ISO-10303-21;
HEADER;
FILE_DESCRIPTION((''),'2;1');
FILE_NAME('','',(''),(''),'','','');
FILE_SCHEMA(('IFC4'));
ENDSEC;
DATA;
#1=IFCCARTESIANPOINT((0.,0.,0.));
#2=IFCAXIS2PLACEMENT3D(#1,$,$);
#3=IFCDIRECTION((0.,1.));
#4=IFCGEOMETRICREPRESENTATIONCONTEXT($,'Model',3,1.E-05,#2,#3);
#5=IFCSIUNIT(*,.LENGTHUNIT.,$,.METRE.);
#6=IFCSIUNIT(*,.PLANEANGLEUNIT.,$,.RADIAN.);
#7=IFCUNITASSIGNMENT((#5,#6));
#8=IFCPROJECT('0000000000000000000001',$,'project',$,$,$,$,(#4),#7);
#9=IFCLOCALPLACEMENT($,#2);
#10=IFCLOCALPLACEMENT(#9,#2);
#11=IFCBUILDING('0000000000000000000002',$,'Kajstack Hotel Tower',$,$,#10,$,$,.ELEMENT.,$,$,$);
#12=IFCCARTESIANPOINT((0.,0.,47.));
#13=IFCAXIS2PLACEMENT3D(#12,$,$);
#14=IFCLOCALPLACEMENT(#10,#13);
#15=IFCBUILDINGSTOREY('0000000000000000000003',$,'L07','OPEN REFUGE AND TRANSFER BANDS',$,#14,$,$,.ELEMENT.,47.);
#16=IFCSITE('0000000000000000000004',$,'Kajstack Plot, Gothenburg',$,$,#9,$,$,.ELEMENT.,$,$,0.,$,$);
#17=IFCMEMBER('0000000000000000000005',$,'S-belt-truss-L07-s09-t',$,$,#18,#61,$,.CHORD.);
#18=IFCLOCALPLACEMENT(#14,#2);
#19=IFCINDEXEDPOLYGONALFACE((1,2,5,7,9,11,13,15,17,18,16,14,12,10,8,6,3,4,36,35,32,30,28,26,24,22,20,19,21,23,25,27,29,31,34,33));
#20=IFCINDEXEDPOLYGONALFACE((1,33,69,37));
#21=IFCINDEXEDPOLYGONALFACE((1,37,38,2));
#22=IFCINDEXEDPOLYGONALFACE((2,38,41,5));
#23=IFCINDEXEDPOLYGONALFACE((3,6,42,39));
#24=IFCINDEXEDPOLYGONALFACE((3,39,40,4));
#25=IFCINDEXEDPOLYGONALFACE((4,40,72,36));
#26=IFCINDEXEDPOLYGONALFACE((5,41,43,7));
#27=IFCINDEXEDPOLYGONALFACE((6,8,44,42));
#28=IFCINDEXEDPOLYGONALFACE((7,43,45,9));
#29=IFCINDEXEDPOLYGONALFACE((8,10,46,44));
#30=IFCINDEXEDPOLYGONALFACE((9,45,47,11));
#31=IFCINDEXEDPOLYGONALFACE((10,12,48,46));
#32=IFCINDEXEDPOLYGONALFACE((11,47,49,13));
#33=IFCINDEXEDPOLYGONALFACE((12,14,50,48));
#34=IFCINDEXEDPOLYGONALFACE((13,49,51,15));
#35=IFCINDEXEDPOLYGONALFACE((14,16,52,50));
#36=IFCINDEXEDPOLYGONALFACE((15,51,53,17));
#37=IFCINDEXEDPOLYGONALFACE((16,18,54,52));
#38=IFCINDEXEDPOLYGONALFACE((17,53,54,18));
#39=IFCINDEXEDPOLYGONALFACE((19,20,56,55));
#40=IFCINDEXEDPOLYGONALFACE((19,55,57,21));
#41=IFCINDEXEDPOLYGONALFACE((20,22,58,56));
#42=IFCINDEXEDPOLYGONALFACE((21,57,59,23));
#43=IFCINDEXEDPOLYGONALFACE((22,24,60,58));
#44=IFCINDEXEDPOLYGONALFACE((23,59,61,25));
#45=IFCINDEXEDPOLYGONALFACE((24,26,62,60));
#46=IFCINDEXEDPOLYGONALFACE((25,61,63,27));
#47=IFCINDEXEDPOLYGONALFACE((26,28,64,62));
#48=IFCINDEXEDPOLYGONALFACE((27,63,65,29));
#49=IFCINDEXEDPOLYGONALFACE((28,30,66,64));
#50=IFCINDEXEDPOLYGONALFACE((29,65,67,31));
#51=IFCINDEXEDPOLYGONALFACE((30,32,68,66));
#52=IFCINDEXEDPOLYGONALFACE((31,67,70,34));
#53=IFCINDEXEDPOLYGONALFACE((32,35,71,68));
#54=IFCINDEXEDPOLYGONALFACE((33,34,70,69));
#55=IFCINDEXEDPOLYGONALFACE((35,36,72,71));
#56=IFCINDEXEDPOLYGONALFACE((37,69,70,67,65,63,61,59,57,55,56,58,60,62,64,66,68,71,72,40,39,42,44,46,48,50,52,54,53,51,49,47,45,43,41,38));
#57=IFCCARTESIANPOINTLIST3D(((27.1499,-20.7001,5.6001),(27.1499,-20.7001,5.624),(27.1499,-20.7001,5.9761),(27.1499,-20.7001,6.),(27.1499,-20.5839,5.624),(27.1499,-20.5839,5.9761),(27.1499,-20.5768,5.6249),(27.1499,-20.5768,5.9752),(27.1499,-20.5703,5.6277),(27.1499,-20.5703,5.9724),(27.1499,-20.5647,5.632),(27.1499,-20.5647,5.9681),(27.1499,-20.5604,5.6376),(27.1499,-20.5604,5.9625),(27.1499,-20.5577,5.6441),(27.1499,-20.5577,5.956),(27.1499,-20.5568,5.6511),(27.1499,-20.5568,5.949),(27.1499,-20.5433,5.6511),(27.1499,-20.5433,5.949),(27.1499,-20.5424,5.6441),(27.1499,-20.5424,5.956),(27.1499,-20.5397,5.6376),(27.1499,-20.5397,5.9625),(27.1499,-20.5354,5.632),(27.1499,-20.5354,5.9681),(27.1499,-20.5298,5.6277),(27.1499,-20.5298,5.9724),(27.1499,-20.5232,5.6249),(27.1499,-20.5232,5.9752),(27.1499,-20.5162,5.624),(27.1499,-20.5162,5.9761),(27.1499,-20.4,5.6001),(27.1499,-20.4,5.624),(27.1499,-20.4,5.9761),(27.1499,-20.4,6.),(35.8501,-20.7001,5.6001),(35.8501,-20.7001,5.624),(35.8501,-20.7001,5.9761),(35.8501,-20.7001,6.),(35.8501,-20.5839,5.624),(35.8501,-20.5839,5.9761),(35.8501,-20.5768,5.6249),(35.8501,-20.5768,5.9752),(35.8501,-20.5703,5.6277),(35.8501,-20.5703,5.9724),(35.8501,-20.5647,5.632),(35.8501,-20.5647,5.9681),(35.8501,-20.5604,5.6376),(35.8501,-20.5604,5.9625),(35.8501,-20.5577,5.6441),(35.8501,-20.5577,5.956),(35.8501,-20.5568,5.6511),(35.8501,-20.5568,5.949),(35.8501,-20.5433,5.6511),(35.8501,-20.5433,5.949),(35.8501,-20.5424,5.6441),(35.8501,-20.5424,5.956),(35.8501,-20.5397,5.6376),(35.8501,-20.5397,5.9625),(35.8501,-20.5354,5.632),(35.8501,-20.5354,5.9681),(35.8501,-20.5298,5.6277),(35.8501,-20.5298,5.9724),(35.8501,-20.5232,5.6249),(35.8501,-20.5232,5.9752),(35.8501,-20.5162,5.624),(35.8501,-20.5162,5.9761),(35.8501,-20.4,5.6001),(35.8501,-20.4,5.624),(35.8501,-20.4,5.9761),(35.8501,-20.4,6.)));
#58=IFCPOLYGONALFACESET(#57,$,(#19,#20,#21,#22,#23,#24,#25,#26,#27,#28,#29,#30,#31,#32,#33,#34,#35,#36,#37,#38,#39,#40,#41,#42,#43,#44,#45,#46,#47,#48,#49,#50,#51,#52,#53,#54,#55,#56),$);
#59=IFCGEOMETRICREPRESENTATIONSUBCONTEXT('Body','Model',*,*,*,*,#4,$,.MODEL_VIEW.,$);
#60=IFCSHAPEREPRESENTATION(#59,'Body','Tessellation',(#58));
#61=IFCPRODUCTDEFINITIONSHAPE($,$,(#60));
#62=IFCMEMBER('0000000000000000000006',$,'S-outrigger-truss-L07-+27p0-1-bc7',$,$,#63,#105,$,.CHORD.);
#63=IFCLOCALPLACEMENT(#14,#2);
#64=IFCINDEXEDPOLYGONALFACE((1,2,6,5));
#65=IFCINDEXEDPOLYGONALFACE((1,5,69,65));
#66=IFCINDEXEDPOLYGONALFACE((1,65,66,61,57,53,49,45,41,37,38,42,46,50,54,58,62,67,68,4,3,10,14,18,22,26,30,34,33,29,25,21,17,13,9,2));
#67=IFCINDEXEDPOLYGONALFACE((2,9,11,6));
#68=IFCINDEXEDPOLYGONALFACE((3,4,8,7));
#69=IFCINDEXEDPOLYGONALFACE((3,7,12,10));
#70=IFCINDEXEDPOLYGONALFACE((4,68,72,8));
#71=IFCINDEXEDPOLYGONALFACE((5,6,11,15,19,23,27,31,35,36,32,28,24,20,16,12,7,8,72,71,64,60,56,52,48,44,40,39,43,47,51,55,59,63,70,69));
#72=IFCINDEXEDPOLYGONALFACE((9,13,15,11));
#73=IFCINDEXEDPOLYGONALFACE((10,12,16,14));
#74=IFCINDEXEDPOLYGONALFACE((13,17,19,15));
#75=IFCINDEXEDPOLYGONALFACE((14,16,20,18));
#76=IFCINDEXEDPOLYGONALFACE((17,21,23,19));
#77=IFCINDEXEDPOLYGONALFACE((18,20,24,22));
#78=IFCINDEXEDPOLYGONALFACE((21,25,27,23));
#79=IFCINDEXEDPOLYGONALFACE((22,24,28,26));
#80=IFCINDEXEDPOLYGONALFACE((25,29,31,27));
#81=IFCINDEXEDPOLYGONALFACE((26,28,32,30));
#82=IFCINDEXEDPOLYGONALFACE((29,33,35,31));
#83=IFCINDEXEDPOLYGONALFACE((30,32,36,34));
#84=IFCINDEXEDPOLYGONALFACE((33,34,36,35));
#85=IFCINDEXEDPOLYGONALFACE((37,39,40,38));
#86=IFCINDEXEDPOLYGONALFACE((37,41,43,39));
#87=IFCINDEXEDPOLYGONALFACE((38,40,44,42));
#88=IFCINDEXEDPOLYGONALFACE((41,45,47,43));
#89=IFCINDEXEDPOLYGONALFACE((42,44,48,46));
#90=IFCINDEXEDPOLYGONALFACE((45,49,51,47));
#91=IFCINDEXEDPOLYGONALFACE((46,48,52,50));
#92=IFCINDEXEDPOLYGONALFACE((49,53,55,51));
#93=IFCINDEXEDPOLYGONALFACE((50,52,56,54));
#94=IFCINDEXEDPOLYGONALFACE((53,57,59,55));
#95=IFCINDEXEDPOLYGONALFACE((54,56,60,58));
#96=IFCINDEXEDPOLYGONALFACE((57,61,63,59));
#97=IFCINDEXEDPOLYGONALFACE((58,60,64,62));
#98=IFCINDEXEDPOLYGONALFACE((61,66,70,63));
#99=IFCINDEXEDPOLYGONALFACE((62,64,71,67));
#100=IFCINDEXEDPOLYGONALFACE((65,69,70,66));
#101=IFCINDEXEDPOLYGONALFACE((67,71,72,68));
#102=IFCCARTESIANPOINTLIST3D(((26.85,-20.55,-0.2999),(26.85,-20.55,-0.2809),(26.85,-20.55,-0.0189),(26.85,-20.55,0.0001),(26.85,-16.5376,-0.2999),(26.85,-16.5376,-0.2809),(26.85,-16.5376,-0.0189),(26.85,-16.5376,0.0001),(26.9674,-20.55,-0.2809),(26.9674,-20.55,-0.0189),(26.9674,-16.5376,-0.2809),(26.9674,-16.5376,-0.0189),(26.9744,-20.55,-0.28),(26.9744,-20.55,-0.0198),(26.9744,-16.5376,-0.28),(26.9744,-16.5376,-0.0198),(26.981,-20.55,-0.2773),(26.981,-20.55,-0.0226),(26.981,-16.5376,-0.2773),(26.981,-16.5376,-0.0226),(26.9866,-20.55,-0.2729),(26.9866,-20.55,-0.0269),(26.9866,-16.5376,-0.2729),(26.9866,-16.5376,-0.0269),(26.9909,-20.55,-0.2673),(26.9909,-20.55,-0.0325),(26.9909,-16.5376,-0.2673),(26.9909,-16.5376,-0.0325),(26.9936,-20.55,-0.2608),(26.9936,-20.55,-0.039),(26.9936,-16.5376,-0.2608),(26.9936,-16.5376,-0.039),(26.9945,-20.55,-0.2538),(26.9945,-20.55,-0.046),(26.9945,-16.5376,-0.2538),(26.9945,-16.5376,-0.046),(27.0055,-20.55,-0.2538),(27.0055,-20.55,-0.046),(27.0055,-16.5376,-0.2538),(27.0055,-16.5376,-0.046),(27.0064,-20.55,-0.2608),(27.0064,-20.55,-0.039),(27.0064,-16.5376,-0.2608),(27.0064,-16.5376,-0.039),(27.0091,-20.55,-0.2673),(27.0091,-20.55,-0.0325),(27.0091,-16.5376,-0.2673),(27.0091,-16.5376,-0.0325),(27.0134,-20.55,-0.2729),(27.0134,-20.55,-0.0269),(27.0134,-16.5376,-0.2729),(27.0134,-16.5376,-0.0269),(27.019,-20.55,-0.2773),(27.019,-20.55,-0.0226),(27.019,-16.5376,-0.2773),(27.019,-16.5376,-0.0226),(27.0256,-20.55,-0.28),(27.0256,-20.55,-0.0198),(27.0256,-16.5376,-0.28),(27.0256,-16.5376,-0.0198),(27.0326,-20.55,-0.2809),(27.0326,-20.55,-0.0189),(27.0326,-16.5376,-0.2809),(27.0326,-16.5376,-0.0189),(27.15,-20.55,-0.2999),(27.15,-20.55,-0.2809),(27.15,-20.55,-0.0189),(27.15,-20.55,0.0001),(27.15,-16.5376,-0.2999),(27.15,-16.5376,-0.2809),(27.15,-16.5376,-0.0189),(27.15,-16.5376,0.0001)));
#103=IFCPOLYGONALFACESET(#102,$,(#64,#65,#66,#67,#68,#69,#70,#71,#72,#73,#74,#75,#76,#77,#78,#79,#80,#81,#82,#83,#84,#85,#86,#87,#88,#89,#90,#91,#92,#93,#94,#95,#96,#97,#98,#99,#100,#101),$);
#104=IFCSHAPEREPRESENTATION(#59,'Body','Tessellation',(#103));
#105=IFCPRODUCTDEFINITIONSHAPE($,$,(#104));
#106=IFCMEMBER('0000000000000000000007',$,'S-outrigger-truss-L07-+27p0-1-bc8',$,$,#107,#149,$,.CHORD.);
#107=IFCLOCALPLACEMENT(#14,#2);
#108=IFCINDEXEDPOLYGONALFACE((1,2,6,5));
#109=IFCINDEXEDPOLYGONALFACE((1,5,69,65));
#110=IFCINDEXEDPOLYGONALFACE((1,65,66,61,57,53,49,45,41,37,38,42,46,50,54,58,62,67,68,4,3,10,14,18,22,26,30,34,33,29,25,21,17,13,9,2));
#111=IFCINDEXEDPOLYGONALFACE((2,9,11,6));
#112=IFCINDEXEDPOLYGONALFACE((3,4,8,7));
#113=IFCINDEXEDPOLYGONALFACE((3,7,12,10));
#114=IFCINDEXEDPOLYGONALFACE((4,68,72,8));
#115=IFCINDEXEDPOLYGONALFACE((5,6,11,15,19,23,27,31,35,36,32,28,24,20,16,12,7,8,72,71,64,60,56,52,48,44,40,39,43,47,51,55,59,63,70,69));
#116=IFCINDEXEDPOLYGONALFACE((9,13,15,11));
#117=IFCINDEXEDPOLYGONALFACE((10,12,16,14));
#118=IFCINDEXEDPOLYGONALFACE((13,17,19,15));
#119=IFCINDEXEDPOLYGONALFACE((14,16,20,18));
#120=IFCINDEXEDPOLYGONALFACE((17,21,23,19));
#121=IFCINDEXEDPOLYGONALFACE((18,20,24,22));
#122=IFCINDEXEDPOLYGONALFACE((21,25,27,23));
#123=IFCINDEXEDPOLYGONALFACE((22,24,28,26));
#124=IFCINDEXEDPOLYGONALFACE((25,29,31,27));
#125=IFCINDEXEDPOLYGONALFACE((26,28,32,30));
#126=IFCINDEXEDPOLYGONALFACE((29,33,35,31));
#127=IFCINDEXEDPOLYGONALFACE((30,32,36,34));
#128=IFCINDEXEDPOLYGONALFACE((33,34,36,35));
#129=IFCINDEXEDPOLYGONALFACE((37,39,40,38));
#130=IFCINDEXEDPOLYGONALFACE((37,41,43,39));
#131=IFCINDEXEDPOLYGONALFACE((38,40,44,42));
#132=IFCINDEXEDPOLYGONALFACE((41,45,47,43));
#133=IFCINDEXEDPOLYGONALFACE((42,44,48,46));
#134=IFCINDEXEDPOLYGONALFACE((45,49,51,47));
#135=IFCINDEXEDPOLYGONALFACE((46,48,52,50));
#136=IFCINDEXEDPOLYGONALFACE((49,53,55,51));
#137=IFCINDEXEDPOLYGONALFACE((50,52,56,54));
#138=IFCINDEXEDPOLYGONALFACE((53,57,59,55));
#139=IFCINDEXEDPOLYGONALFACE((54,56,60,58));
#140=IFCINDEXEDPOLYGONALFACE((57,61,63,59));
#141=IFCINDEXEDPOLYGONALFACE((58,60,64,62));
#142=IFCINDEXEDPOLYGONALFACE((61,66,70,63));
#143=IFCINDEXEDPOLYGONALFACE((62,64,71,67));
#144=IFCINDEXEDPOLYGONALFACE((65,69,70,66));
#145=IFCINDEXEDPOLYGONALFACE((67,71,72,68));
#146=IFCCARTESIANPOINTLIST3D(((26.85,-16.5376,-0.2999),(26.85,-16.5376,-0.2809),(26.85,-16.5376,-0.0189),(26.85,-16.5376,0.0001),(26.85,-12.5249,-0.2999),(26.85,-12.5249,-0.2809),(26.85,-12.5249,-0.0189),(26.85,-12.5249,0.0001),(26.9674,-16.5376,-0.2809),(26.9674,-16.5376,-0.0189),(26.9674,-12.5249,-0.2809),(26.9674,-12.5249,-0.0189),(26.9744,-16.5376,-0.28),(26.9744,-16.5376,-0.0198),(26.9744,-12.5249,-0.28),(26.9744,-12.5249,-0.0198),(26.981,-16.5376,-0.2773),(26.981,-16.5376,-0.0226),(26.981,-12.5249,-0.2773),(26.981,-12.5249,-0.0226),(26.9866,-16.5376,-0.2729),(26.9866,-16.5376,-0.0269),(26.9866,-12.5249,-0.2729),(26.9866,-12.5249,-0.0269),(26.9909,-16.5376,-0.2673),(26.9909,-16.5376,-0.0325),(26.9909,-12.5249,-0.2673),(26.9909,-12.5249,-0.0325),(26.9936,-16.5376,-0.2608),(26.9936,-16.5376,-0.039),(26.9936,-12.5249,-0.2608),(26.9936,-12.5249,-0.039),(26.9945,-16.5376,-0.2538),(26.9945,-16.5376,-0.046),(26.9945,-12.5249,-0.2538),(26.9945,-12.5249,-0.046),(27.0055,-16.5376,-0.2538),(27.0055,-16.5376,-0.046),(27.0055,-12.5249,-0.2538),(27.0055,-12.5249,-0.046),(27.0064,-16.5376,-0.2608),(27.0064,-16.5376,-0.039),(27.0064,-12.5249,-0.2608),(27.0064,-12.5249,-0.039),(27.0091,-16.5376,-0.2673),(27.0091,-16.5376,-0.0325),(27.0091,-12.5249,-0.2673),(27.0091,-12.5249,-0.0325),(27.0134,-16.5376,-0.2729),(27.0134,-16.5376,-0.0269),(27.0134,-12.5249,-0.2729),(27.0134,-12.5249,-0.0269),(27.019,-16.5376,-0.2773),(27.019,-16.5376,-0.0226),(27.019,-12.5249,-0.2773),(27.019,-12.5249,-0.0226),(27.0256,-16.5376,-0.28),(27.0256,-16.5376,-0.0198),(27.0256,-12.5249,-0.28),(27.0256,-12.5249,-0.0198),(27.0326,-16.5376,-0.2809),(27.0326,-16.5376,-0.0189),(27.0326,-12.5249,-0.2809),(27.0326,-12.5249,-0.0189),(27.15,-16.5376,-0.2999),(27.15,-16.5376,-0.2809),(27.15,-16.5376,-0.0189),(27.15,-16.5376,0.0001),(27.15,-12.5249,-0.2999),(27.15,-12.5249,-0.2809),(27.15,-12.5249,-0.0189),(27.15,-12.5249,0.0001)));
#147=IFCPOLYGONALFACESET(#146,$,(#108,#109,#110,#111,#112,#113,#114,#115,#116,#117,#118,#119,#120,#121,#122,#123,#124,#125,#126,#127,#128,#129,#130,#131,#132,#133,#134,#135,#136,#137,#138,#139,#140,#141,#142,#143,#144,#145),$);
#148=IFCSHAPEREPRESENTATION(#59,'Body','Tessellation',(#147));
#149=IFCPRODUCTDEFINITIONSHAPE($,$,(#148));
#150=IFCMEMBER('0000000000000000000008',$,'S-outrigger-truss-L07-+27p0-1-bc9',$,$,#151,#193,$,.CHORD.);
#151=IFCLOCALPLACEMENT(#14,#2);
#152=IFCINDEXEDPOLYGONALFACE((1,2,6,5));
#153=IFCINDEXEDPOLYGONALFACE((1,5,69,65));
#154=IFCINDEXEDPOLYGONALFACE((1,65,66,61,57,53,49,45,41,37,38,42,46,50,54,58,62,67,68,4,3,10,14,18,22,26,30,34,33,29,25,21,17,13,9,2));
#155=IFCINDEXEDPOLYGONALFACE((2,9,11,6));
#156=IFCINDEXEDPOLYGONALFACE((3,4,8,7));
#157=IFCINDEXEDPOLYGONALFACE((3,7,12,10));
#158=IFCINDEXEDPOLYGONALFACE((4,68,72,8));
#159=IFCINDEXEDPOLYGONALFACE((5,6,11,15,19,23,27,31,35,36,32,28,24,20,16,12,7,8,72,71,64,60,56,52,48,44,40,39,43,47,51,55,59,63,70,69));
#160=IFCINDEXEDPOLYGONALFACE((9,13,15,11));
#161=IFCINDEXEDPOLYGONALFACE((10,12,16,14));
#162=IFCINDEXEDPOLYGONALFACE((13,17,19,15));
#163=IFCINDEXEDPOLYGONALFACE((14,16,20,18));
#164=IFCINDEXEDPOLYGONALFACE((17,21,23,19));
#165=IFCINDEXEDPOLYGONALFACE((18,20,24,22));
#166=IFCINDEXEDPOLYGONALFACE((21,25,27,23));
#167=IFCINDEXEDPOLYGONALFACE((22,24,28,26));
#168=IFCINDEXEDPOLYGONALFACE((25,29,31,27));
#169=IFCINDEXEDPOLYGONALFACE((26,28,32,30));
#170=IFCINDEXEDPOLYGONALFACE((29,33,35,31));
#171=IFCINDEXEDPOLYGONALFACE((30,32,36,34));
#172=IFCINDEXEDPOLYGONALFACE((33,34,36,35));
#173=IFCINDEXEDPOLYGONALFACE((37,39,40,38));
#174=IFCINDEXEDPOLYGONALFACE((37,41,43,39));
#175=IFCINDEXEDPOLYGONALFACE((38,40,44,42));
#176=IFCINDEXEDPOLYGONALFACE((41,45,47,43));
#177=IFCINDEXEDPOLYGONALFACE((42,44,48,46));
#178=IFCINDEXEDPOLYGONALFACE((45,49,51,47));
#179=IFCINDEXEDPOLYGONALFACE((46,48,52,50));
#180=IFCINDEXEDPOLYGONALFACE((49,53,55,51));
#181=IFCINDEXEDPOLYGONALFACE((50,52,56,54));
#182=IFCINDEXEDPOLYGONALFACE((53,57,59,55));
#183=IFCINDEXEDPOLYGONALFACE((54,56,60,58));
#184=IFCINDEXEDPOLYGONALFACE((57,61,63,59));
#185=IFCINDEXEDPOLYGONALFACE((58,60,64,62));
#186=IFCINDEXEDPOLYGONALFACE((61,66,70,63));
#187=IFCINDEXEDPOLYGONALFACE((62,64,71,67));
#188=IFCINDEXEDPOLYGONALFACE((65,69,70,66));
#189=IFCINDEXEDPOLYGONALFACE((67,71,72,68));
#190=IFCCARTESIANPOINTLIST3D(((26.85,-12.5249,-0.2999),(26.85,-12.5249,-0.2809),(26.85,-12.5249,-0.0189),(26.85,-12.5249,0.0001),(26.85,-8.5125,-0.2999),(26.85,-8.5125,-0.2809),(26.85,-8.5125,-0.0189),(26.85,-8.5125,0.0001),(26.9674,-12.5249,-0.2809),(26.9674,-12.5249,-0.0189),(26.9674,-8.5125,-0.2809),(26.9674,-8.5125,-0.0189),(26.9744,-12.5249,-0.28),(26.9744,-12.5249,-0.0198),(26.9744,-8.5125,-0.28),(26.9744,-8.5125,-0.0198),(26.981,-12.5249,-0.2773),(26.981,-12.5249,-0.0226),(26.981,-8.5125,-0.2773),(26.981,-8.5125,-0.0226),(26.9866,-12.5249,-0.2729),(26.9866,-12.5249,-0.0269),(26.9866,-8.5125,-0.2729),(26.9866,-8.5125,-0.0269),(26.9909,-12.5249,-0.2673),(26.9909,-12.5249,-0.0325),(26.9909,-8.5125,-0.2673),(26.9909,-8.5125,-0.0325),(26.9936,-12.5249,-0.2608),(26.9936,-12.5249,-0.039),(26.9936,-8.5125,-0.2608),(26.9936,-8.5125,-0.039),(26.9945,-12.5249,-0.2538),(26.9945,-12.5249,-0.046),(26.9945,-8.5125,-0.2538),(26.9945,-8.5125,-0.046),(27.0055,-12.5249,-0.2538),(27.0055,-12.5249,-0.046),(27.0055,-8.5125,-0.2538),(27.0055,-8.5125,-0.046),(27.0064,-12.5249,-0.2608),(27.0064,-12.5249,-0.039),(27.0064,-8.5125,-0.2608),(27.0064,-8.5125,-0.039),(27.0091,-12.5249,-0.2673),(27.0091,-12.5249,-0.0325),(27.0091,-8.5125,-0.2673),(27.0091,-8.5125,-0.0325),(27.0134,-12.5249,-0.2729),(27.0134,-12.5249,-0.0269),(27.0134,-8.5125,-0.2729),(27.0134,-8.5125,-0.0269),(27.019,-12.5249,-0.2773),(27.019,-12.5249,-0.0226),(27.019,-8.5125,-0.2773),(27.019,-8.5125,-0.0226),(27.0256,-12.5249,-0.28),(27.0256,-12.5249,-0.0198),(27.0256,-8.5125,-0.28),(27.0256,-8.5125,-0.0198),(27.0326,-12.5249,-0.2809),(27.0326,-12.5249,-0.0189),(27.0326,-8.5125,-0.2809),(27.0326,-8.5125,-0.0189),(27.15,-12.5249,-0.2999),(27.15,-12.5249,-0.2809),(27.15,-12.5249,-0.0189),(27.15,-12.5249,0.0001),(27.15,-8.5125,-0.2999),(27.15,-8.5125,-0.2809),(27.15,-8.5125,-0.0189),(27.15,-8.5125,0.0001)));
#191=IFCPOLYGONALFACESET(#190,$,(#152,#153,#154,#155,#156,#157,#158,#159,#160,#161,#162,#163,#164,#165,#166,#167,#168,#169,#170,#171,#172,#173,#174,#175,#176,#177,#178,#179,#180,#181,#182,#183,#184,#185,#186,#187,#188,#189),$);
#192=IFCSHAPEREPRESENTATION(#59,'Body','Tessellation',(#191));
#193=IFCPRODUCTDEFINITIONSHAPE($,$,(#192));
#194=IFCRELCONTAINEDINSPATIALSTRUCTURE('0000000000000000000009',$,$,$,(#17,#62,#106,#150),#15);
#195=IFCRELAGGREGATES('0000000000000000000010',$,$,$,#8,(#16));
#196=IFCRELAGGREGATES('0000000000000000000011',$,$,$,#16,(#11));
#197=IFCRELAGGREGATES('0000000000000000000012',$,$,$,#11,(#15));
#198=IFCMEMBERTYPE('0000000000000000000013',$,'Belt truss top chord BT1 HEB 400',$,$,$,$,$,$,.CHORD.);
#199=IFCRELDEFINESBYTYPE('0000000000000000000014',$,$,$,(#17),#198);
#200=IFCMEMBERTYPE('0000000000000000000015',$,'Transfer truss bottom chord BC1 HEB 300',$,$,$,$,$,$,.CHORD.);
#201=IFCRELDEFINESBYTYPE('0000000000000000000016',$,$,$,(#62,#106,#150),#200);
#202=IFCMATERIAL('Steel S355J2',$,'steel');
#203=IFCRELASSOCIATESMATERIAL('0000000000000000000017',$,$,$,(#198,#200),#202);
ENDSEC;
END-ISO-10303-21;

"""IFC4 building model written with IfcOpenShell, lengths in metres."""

from ifc_helpers import new_model, si_unit, direction, frame, origin, origin_2d, place, context, subcontext, project, spatial, i_section, extrude, material, material_profile, profile_set, type_object, element, save


model = new_model("IFC4")

# Units and contexts
model_context = context("Model", 3, precision=1e-05, world=origin(), true_north=direction((0.0, 1.0)))
body_context = subcontext(model_context, "Body", "Model", "MODEL_VIEW")
ifc_project = project(units=[si_unit("LENGTHUNIT", "METRE"), si_unit("PLANEANGLEUNIT", "RADIAN")], contexts=[model_context])

# Site, building, storey
site_placement = place(None, origin())
site = spatial("IfcSite", under=ifc_project, at=site_placement, Name="Kajstack Plot, Gothenburg", CompositionType="ELEMENT", RefElevation=0.0)
building_placement = place(site_placement, origin())
building = spatial("IfcBuilding", under=site, at=building_placement, Name="Kajstack Hotel Tower", CompositionType="ELEMENT")
storey_placement = place(building_placement, frame((0.0, 0.0, 47.0)))
storey = spatial("IfcBuildingStorey", under=building, at=storey_placement, Name="L07", Description="OPEN REFUGE AND TRANSFER BANDS", CompositionType="ELEMENT", Elevation=47.0)

# Members
ifc_material_1 = material(Name="Steel S355J2", Category="steel")
ifc_material_profile_1 = material_profile(ifc_material_1, i_section(OverallWidth=0.3, OverallDepth=0.3999, WebThickness=0.0134, FlangeThickness=0.0239, FilletRadius=0.0271, at=origin_2d()), Name="HEB 400")
ifc_profile_set_1 = profile_set([ifc_material_profile_1], Name="Steel S355J2")
member_type_1 = type_object("IfcMemberType", Name="Belt truss top chord BT1 HEB 400", PredefinedType="CHORD", material=ifc_profile_set_1)
member_1_placement = place(storey_placement, frame((27.1499, -20.55, 5.8), z_axis=(1.0, 0.0, 0.0), x_axis=(0.0, 1.0, 0.0)))
element("IfcMember", 1, at=member_1_placement, inside=storey, type_object=member_type_1, Name="S-belt-truss-L07-s09-t", PredefinedType="CHORD", context=body_context, shape_type="SweptSolid", body=[
    extrude(i_section(OverallWidth=0.3, OverallDepth=0.3999, WebThickness=0.0134, FlangeThickness=0.0239, FilletRadius=0.0271, at=origin_2d()), origin(), (0.0, 0.0, 1.0), 8.7002),
])
ifc_material_profile_2 = material_profile(ifc_material_1, i_section(OverallWidth=0.3, OverallDepth=0.3, WebThickness=0.011, FlangeThickness=0.019, FilletRadius=0.0271, at=origin_2d()), Name="HEB 300")
ifc_profile_set_2 = profile_set([ifc_material_profile_2], Name="Steel S355J2")
member_type_2 = type_object("IfcMemberType", Name="Transfer truss bottom chord BC1 HEB 300", PredefinedType="CHORD", material=ifc_profile_set_2)
member_2_placement = place(storey_placement, frame((27.0, -20.55, -0.1499), z_axis=(0.0, 1.0, 0.0), x_axis=(-1.0, 0.0, 0.0)))
element("IfcMember", 2, at=member_2_placement, inside=storey, type_object=member_type_2, Name="S-outrigger-truss-L07-+27p0-1-bc7", PredefinedType="CHORD", context=body_context, shape_type="SweptSolid", body=[
    extrude(i_section(OverallWidth=0.3, OverallDepth=0.3, WebThickness=0.011, FlangeThickness=0.019, FilletRadius=0.0271, at=origin_2d()), origin(), (0.0, 0.0, 1.0), 4.0125),
])
member_3_placement = place(storey_placement, frame((27.0, -16.5376, -0.1499), z_axis=(0.0, 1.0, 0.0), x_axis=(-1.0, 0.0, 0.0)))
element("IfcMember", 3, at=member_3_placement, inside=storey, type_object=member_type_2, Name="S-outrigger-truss-L07-+27p0-1-bc8", PredefinedType="CHORD", context=body_context, shape_type="SweptSolid", body=[
    extrude(i_section(OverallWidth=0.3, OverallDepth=0.3, WebThickness=0.011, FlangeThickness=0.019, FilletRadius=0.0271, at=origin_2d()), origin(), (0.0, 0.0, 1.0), 4.0127),
])
member_4_placement = place(storey_placement, frame((27.0, -12.5249, -0.1499), z_axis=(0.0, 1.0, 0.0), x_axis=(-1.0, 0.0, 0.0)))
element("IfcMember", 4, at=member_4_placement, inside=storey, type_object=member_type_2, Name="S-outrigger-truss-L07-+27p0-1-bc9", PredefinedType="CHORD", context=body_context, shape_type="SweptSolid", body=[
    extrude(i_section(OverallWidth=0.3, OverallDepth=0.3, WebThickness=0.011, FlangeThickness=0.019, FilletRadius=0.0271, at=origin_2d()), origin(), (0.0, 0.0, 1.0), 4.0125),
])

save(model, "model.ifc")
